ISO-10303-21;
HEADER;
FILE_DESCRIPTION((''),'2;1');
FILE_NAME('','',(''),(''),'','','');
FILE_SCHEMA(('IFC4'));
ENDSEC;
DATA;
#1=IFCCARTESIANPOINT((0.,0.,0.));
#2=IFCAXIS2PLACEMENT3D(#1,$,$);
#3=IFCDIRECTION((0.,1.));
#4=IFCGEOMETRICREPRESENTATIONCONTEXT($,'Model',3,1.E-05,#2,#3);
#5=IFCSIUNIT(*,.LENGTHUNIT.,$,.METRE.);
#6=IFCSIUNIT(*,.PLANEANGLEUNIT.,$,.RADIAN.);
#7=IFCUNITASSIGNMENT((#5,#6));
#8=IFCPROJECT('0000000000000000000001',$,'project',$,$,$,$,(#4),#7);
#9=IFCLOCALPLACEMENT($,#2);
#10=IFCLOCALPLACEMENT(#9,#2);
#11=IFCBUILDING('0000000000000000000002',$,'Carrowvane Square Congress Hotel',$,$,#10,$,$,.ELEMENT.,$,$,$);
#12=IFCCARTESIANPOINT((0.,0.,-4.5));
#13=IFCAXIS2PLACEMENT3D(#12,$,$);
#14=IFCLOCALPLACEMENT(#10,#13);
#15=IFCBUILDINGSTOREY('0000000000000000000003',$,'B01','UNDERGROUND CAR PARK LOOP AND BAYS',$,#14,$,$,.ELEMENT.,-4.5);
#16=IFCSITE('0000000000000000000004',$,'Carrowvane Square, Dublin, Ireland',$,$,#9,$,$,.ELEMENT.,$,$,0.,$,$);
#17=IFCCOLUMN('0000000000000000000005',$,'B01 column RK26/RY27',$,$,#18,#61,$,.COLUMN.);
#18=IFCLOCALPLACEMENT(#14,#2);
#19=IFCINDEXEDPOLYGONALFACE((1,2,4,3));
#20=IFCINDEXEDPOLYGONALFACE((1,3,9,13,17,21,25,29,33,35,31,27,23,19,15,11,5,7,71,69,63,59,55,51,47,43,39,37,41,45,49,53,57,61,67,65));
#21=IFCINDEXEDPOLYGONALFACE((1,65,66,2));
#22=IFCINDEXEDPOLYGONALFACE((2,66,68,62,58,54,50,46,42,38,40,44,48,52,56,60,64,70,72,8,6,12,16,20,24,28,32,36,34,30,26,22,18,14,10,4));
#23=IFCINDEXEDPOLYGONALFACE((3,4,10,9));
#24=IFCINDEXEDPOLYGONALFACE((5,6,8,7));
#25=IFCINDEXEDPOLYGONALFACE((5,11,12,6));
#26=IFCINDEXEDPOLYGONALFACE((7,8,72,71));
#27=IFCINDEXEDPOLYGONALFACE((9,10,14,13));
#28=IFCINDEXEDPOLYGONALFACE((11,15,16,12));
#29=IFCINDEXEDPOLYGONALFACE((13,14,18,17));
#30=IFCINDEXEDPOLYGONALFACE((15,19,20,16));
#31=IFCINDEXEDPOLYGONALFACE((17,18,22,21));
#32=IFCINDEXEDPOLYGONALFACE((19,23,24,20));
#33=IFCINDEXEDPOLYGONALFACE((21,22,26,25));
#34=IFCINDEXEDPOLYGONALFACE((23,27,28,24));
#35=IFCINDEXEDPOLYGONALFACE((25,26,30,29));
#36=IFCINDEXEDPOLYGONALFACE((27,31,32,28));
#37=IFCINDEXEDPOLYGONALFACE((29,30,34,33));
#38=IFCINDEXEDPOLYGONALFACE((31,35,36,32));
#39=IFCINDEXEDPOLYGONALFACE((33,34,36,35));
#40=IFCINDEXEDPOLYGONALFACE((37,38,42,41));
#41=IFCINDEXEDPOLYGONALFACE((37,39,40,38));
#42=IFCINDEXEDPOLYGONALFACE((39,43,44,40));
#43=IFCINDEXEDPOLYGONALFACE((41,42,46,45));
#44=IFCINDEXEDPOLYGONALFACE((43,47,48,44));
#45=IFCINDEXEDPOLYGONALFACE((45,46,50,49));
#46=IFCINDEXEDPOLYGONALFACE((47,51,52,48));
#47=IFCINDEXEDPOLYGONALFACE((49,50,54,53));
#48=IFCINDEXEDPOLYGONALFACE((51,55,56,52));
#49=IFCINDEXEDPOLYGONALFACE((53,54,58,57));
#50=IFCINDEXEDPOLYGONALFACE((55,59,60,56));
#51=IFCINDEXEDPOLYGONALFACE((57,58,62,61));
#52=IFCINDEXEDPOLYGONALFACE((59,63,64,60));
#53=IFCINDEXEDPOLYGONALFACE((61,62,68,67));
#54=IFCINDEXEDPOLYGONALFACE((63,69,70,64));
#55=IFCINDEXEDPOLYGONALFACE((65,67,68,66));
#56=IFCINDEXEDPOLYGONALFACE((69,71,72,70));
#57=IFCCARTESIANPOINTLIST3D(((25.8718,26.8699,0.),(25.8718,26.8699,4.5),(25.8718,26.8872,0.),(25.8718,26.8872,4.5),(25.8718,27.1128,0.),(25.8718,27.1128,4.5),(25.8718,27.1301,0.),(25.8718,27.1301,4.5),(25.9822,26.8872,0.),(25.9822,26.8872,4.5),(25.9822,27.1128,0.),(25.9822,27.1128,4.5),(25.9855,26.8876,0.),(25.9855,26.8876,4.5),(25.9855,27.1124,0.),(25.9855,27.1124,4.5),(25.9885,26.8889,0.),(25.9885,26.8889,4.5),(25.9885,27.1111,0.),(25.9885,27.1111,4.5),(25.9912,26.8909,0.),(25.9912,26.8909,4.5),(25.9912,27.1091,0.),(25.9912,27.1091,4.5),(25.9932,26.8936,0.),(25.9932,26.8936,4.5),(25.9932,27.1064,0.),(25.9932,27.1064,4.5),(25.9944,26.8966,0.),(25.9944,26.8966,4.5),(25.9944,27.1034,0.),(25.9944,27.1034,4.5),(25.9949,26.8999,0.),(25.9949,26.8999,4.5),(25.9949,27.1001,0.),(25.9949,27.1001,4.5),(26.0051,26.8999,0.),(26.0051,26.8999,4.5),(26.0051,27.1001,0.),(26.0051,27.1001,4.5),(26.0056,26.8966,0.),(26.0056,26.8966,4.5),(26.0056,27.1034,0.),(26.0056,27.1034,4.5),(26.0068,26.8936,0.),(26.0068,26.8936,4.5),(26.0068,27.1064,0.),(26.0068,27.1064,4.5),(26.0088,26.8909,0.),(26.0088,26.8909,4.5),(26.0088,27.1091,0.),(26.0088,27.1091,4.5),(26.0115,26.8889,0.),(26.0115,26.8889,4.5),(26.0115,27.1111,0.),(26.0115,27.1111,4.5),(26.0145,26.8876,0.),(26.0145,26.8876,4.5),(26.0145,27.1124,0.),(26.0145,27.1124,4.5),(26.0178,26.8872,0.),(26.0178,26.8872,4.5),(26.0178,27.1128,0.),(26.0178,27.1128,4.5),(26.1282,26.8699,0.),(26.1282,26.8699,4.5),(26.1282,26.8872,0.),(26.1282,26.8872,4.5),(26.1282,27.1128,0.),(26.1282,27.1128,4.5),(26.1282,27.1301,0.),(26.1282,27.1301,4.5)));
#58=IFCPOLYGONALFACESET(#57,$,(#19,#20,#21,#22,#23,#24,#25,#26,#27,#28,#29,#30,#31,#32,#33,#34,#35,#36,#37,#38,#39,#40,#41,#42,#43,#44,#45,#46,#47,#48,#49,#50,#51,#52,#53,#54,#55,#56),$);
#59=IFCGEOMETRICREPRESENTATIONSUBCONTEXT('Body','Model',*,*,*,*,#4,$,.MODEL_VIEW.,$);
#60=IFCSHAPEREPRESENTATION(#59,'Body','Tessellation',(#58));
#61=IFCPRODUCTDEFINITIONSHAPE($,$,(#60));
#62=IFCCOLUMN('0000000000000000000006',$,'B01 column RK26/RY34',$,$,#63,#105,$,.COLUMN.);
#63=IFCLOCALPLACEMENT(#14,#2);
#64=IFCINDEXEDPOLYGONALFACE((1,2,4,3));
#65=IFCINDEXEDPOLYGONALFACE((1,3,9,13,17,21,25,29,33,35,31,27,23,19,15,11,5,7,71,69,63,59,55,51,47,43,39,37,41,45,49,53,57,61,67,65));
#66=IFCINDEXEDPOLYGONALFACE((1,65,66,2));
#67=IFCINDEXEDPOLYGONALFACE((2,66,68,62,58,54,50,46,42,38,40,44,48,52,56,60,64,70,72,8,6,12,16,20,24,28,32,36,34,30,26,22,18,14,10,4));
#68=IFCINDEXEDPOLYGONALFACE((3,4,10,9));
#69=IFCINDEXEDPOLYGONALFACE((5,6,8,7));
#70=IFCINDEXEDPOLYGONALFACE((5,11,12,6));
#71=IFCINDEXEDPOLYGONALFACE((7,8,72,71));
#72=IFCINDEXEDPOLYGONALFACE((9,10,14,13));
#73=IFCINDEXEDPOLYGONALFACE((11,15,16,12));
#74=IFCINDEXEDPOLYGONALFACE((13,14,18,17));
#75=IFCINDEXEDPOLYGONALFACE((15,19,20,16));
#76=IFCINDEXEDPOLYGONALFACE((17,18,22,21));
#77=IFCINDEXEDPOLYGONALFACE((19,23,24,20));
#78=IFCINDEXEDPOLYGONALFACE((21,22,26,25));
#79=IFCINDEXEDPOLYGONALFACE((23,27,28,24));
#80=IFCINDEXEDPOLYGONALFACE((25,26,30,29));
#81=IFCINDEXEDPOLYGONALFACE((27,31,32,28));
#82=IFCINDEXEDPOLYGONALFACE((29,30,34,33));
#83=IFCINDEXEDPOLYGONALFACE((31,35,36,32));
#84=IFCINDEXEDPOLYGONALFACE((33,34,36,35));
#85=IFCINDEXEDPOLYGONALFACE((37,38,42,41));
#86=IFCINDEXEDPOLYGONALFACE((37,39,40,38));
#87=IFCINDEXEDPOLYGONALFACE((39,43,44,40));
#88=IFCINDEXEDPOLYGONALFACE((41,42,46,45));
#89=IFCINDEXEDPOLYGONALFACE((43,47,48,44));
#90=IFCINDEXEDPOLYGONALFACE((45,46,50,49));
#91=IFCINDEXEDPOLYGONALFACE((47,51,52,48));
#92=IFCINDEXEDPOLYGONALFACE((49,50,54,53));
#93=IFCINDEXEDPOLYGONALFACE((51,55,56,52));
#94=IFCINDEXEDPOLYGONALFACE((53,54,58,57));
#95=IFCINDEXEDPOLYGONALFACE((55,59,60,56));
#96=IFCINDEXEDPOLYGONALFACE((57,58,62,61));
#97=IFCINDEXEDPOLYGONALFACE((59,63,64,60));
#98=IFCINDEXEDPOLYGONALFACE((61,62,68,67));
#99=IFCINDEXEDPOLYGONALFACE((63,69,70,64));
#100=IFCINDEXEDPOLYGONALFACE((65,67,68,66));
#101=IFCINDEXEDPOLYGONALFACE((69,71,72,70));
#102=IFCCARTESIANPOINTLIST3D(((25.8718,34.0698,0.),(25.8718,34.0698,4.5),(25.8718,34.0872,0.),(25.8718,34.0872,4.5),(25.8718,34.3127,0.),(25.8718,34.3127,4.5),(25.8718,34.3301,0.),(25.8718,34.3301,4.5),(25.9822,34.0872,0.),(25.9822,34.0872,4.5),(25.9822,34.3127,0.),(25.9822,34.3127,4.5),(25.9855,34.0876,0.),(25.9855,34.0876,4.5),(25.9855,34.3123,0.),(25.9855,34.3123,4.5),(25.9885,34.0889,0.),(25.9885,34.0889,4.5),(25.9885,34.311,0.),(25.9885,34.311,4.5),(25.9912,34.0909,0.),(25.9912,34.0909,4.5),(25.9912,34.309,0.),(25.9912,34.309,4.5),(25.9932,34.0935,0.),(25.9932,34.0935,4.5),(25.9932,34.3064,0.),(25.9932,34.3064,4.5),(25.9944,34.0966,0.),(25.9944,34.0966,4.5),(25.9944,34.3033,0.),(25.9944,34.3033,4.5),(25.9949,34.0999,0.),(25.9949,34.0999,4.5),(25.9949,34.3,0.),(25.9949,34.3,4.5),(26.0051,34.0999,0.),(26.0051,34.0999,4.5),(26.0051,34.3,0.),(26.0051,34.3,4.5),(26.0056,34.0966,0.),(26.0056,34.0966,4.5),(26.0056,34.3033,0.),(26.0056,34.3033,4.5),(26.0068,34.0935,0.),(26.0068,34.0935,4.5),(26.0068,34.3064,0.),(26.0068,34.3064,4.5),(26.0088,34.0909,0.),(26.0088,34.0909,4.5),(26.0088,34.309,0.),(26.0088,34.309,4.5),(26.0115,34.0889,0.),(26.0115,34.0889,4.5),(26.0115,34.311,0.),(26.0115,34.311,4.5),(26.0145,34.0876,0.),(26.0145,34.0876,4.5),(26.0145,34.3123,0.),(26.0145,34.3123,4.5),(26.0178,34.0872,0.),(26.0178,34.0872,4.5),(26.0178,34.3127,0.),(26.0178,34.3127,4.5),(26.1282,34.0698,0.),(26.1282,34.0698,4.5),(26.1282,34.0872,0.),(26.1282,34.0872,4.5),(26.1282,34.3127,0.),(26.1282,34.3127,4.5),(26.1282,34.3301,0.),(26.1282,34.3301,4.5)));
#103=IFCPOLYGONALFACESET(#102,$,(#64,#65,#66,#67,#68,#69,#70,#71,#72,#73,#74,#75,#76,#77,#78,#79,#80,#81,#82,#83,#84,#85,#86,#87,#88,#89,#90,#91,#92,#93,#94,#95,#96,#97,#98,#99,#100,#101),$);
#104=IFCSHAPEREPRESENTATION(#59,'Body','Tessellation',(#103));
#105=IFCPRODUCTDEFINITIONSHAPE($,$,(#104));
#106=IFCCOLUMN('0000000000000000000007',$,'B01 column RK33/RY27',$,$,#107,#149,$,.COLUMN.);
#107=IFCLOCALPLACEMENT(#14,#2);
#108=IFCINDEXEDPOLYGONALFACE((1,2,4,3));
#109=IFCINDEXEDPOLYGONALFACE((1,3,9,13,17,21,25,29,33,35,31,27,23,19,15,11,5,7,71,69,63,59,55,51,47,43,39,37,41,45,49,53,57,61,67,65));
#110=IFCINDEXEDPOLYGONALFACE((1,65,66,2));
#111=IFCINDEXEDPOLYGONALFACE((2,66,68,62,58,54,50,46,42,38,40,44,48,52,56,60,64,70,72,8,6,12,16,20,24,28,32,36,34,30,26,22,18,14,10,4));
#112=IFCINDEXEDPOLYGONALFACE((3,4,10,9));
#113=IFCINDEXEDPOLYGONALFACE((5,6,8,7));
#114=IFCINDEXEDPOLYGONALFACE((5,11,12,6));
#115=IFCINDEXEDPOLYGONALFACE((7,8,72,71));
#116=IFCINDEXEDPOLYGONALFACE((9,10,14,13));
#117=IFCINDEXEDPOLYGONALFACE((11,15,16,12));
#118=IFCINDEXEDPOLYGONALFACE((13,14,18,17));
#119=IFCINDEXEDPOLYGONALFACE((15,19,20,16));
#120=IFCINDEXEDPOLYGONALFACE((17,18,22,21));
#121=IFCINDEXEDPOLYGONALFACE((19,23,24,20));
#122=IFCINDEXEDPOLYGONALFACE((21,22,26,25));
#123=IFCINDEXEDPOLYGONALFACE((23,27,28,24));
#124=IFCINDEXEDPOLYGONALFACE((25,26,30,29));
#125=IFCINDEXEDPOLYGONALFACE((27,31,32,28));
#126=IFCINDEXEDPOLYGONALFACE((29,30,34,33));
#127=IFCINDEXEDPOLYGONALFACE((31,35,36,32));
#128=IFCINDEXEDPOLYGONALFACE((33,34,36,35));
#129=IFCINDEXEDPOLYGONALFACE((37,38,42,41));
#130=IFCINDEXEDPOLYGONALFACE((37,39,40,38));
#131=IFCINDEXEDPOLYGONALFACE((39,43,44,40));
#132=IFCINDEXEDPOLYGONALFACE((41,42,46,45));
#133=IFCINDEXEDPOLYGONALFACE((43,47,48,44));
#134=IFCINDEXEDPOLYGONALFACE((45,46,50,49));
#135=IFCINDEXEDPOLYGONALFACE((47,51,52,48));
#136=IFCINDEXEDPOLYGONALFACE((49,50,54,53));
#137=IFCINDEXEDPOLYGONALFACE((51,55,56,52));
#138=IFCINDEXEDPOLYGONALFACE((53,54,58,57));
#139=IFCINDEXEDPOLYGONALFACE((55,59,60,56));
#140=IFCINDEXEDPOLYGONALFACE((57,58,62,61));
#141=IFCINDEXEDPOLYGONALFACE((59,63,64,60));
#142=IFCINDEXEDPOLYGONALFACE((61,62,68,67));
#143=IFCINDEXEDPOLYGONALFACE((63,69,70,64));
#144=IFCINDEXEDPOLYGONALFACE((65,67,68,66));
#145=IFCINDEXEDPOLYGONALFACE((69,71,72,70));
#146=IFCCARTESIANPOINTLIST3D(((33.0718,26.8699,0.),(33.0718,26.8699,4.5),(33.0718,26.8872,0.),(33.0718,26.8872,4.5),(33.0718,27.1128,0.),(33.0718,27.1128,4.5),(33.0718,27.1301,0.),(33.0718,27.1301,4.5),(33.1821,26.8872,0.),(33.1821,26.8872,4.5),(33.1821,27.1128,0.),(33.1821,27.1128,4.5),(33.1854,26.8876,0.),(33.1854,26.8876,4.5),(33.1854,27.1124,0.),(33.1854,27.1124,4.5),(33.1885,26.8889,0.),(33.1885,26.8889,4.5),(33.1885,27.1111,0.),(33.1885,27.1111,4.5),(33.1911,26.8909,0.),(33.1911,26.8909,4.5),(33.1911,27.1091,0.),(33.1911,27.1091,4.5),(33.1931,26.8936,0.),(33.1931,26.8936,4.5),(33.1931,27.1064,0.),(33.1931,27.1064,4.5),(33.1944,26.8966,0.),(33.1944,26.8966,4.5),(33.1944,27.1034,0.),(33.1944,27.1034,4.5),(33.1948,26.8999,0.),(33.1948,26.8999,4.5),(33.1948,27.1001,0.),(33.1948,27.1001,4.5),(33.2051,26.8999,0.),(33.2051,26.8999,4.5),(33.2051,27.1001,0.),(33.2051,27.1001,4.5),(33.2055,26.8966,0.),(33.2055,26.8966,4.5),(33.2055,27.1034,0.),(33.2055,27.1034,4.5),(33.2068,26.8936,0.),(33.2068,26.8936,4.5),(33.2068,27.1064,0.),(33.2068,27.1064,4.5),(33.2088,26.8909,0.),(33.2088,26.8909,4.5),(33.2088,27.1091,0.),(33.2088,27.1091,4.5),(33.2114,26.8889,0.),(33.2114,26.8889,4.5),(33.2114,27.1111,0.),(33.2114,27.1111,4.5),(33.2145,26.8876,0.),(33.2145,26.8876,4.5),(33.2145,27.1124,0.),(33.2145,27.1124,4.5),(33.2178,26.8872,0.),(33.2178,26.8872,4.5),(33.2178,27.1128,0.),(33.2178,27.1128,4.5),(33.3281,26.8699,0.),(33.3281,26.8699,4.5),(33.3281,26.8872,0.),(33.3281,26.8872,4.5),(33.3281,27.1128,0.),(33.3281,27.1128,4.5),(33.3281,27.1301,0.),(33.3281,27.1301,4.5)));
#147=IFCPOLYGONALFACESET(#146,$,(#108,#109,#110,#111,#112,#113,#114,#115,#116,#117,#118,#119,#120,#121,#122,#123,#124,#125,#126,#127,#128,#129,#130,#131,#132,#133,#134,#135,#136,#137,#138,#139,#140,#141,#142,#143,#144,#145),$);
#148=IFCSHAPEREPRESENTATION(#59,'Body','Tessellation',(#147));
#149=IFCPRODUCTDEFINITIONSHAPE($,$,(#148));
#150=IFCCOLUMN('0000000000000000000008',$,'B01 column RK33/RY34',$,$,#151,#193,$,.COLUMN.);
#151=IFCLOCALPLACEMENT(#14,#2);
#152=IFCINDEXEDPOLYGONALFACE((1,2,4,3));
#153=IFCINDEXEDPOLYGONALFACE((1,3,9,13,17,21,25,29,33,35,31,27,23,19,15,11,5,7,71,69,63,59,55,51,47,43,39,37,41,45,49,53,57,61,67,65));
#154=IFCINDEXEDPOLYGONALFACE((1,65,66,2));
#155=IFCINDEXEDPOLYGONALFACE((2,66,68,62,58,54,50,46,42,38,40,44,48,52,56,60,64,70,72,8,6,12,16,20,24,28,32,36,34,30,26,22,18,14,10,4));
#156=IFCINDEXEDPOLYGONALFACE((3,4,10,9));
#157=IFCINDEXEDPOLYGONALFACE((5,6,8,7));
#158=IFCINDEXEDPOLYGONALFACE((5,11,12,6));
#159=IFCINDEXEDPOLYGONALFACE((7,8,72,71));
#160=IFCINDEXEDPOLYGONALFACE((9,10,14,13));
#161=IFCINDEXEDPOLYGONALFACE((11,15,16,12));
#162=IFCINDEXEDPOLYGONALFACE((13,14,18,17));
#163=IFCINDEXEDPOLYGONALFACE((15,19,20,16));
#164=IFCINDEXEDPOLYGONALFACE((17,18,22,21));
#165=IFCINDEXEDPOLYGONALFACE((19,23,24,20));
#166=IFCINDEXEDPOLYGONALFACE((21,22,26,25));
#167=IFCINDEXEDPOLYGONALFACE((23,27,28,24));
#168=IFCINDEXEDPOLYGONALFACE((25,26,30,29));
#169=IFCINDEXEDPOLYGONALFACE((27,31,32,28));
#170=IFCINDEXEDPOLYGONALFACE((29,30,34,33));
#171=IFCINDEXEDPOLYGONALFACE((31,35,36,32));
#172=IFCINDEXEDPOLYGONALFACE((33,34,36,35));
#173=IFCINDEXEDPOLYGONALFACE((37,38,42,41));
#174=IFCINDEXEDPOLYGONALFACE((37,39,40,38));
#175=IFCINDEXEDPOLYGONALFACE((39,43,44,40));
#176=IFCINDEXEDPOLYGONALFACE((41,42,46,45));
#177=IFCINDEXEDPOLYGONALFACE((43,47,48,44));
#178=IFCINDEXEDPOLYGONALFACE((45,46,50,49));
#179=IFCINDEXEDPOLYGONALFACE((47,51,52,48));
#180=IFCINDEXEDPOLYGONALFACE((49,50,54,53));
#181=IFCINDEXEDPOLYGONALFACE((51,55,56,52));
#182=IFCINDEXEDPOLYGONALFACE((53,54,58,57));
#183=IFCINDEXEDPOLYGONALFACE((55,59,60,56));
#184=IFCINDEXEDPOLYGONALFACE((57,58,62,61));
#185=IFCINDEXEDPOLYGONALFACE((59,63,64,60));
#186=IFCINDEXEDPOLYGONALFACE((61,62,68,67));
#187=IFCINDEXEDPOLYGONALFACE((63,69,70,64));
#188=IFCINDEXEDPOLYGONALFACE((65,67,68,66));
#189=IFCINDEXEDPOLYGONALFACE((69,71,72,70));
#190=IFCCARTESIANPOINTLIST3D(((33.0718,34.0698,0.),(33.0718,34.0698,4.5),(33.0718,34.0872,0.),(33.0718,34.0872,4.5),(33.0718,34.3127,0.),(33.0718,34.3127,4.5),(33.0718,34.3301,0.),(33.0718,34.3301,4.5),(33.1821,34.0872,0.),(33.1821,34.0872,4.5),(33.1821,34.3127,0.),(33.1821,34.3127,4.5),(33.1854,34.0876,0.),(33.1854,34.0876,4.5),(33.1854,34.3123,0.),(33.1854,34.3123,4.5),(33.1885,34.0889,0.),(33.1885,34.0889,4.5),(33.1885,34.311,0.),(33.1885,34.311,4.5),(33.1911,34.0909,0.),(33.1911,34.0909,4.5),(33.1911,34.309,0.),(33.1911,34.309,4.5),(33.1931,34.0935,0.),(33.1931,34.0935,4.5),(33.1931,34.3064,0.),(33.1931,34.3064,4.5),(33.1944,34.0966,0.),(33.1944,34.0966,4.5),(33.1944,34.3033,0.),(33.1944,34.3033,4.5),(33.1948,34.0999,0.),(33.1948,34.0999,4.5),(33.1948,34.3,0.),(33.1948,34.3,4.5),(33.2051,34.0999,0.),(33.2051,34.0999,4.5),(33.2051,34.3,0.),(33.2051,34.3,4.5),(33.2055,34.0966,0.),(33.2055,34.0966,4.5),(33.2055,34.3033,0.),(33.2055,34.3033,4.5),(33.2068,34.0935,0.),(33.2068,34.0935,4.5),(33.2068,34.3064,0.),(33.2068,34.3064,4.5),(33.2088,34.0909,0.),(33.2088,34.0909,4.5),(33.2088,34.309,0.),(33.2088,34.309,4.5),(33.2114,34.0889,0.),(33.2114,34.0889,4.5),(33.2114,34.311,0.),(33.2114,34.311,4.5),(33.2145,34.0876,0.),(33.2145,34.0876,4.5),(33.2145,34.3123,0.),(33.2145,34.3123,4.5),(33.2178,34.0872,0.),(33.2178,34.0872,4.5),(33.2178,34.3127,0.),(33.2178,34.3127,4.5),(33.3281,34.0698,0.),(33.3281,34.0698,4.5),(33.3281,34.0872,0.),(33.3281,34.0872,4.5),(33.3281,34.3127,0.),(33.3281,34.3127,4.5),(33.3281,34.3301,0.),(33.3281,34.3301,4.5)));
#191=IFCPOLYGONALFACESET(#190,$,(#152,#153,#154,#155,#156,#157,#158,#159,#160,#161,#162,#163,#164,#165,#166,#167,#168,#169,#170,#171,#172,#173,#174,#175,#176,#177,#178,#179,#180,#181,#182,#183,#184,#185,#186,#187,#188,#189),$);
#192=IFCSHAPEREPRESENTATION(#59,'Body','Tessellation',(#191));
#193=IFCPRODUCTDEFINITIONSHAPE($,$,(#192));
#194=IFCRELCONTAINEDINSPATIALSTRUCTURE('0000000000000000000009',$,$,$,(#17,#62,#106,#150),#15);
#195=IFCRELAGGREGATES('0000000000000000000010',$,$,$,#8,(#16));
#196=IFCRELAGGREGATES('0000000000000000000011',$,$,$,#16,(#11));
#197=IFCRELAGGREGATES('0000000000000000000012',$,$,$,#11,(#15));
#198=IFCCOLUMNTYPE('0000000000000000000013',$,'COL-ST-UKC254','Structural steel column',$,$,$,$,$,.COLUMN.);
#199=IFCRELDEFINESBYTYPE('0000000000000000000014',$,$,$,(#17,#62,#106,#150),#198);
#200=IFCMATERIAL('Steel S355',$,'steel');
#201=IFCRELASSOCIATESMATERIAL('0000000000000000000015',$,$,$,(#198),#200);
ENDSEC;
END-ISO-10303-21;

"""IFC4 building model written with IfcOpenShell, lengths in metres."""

from ifc_helpers import new_model, si_unit, direction, frame, origin, origin_2d, place, context, subcontext, project, spatial, i_section, extrude, material, material_profile, profile_set, type_object, element, save


model = new_model("IFC4")

# Units and contexts
model_context = context("Model", 3, precision=1e-05, world=origin(), true_north=direction((0.0, 1.0)))
body_context = subcontext(model_context, "Body", "Model", "MODEL_VIEW")
ifc_project = project(units=[si_unit("LENGTHUNIT", "METRE"), si_unit("PLANEANGLEUNIT", "RADIAN")], contexts=[model_context])

# Site, building, storey
site_placement = place(None, origin())
site = spatial("IfcSite", under=ifc_project, at=site_placement, Name="Carrowvane Square, Dublin, Ireland", CompositionType="ELEMENT", RefElevation=0.0)
building_placement = place(site_placement, origin())
building = spatial("IfcBuilding", under=site, at=building_placement, Name="Carrowvane Square Congress Hotel", CompositionType="ELEMENT")
storey_placement = place(building_placement, frame((0.0, 0.0, -4.5)))
storey = spatial("IfcBuildingStorey", under=building, at=storey_placement, Name="B01", Description="UNDERGROUND CAR PARK LOOP AND BAYS", CompositionType="ELEMENT", Elevation=-4.5)

# Columns
ifc_material_1 = material(Name="Steel S355", Category="steel")
ifc_material_profile_1 = material_profile(ifc_material_1, i_section(OverallWidth=0.2563, OverallDepth=0.2603, WebThickness=0.0103, FlangeThickness=0.0173, FilletRadius=0.0127, at=origin_2d()), Name="UKC 254x254x89")
ifc_profile_set_1 = profile_set([ifc_material_profile_1], Name="Steel S355")
column_type = type_object("IfcColumnType", Name="COL-ST-UKC254", Description="Structural steel column", PredefinedType="COLUMN", material=ifc_profile_set_1)
for number, where, z_axis, x_axis, name in (
    (1, (26.0, 27.0, 0.0), (0.0, 0.0, 1.0), (1.0, 0.0, 0.0), "B01 column RK26/RY27"),
    (2, (26.0, 34.2, 0.0), (0.0, 0.0, 1.0), (1.0, 0.0, 0.0), "B01 column RK26/RY34"),
    (3, (33.2, 27.0, 0.0), (0.0, 0.0, 1.0), (1.0, 0.0, 0.0), "B01 column RK33/RY27"),
    (4, (33.2, 34.2, 0.0), (0.0, 0.0, 1.0), (1.0, 0.0, 0.0), "B01 column RK33/RY34"),
):
    element("IfcColumn", number, at=place(storey_placement, frame(where, z_axis=z_axis, x_axis=x_axis)), inside=storey, type_object=column_type, Name=name, PredefinedType="COLUMN", context=body_context, shape_type="SweptSolid", body=[
        extrude(i_section(OverallWidth=0.2563, OverallDepth=0.2603, WebThickness=0.0103, FlangeThickness=0.0173, FilletRadius=0.0127, at=origin_2d()), origin(), (0.0, 0.0, 1.0), 4.5),
    ])

save(model, "model.ifc")
